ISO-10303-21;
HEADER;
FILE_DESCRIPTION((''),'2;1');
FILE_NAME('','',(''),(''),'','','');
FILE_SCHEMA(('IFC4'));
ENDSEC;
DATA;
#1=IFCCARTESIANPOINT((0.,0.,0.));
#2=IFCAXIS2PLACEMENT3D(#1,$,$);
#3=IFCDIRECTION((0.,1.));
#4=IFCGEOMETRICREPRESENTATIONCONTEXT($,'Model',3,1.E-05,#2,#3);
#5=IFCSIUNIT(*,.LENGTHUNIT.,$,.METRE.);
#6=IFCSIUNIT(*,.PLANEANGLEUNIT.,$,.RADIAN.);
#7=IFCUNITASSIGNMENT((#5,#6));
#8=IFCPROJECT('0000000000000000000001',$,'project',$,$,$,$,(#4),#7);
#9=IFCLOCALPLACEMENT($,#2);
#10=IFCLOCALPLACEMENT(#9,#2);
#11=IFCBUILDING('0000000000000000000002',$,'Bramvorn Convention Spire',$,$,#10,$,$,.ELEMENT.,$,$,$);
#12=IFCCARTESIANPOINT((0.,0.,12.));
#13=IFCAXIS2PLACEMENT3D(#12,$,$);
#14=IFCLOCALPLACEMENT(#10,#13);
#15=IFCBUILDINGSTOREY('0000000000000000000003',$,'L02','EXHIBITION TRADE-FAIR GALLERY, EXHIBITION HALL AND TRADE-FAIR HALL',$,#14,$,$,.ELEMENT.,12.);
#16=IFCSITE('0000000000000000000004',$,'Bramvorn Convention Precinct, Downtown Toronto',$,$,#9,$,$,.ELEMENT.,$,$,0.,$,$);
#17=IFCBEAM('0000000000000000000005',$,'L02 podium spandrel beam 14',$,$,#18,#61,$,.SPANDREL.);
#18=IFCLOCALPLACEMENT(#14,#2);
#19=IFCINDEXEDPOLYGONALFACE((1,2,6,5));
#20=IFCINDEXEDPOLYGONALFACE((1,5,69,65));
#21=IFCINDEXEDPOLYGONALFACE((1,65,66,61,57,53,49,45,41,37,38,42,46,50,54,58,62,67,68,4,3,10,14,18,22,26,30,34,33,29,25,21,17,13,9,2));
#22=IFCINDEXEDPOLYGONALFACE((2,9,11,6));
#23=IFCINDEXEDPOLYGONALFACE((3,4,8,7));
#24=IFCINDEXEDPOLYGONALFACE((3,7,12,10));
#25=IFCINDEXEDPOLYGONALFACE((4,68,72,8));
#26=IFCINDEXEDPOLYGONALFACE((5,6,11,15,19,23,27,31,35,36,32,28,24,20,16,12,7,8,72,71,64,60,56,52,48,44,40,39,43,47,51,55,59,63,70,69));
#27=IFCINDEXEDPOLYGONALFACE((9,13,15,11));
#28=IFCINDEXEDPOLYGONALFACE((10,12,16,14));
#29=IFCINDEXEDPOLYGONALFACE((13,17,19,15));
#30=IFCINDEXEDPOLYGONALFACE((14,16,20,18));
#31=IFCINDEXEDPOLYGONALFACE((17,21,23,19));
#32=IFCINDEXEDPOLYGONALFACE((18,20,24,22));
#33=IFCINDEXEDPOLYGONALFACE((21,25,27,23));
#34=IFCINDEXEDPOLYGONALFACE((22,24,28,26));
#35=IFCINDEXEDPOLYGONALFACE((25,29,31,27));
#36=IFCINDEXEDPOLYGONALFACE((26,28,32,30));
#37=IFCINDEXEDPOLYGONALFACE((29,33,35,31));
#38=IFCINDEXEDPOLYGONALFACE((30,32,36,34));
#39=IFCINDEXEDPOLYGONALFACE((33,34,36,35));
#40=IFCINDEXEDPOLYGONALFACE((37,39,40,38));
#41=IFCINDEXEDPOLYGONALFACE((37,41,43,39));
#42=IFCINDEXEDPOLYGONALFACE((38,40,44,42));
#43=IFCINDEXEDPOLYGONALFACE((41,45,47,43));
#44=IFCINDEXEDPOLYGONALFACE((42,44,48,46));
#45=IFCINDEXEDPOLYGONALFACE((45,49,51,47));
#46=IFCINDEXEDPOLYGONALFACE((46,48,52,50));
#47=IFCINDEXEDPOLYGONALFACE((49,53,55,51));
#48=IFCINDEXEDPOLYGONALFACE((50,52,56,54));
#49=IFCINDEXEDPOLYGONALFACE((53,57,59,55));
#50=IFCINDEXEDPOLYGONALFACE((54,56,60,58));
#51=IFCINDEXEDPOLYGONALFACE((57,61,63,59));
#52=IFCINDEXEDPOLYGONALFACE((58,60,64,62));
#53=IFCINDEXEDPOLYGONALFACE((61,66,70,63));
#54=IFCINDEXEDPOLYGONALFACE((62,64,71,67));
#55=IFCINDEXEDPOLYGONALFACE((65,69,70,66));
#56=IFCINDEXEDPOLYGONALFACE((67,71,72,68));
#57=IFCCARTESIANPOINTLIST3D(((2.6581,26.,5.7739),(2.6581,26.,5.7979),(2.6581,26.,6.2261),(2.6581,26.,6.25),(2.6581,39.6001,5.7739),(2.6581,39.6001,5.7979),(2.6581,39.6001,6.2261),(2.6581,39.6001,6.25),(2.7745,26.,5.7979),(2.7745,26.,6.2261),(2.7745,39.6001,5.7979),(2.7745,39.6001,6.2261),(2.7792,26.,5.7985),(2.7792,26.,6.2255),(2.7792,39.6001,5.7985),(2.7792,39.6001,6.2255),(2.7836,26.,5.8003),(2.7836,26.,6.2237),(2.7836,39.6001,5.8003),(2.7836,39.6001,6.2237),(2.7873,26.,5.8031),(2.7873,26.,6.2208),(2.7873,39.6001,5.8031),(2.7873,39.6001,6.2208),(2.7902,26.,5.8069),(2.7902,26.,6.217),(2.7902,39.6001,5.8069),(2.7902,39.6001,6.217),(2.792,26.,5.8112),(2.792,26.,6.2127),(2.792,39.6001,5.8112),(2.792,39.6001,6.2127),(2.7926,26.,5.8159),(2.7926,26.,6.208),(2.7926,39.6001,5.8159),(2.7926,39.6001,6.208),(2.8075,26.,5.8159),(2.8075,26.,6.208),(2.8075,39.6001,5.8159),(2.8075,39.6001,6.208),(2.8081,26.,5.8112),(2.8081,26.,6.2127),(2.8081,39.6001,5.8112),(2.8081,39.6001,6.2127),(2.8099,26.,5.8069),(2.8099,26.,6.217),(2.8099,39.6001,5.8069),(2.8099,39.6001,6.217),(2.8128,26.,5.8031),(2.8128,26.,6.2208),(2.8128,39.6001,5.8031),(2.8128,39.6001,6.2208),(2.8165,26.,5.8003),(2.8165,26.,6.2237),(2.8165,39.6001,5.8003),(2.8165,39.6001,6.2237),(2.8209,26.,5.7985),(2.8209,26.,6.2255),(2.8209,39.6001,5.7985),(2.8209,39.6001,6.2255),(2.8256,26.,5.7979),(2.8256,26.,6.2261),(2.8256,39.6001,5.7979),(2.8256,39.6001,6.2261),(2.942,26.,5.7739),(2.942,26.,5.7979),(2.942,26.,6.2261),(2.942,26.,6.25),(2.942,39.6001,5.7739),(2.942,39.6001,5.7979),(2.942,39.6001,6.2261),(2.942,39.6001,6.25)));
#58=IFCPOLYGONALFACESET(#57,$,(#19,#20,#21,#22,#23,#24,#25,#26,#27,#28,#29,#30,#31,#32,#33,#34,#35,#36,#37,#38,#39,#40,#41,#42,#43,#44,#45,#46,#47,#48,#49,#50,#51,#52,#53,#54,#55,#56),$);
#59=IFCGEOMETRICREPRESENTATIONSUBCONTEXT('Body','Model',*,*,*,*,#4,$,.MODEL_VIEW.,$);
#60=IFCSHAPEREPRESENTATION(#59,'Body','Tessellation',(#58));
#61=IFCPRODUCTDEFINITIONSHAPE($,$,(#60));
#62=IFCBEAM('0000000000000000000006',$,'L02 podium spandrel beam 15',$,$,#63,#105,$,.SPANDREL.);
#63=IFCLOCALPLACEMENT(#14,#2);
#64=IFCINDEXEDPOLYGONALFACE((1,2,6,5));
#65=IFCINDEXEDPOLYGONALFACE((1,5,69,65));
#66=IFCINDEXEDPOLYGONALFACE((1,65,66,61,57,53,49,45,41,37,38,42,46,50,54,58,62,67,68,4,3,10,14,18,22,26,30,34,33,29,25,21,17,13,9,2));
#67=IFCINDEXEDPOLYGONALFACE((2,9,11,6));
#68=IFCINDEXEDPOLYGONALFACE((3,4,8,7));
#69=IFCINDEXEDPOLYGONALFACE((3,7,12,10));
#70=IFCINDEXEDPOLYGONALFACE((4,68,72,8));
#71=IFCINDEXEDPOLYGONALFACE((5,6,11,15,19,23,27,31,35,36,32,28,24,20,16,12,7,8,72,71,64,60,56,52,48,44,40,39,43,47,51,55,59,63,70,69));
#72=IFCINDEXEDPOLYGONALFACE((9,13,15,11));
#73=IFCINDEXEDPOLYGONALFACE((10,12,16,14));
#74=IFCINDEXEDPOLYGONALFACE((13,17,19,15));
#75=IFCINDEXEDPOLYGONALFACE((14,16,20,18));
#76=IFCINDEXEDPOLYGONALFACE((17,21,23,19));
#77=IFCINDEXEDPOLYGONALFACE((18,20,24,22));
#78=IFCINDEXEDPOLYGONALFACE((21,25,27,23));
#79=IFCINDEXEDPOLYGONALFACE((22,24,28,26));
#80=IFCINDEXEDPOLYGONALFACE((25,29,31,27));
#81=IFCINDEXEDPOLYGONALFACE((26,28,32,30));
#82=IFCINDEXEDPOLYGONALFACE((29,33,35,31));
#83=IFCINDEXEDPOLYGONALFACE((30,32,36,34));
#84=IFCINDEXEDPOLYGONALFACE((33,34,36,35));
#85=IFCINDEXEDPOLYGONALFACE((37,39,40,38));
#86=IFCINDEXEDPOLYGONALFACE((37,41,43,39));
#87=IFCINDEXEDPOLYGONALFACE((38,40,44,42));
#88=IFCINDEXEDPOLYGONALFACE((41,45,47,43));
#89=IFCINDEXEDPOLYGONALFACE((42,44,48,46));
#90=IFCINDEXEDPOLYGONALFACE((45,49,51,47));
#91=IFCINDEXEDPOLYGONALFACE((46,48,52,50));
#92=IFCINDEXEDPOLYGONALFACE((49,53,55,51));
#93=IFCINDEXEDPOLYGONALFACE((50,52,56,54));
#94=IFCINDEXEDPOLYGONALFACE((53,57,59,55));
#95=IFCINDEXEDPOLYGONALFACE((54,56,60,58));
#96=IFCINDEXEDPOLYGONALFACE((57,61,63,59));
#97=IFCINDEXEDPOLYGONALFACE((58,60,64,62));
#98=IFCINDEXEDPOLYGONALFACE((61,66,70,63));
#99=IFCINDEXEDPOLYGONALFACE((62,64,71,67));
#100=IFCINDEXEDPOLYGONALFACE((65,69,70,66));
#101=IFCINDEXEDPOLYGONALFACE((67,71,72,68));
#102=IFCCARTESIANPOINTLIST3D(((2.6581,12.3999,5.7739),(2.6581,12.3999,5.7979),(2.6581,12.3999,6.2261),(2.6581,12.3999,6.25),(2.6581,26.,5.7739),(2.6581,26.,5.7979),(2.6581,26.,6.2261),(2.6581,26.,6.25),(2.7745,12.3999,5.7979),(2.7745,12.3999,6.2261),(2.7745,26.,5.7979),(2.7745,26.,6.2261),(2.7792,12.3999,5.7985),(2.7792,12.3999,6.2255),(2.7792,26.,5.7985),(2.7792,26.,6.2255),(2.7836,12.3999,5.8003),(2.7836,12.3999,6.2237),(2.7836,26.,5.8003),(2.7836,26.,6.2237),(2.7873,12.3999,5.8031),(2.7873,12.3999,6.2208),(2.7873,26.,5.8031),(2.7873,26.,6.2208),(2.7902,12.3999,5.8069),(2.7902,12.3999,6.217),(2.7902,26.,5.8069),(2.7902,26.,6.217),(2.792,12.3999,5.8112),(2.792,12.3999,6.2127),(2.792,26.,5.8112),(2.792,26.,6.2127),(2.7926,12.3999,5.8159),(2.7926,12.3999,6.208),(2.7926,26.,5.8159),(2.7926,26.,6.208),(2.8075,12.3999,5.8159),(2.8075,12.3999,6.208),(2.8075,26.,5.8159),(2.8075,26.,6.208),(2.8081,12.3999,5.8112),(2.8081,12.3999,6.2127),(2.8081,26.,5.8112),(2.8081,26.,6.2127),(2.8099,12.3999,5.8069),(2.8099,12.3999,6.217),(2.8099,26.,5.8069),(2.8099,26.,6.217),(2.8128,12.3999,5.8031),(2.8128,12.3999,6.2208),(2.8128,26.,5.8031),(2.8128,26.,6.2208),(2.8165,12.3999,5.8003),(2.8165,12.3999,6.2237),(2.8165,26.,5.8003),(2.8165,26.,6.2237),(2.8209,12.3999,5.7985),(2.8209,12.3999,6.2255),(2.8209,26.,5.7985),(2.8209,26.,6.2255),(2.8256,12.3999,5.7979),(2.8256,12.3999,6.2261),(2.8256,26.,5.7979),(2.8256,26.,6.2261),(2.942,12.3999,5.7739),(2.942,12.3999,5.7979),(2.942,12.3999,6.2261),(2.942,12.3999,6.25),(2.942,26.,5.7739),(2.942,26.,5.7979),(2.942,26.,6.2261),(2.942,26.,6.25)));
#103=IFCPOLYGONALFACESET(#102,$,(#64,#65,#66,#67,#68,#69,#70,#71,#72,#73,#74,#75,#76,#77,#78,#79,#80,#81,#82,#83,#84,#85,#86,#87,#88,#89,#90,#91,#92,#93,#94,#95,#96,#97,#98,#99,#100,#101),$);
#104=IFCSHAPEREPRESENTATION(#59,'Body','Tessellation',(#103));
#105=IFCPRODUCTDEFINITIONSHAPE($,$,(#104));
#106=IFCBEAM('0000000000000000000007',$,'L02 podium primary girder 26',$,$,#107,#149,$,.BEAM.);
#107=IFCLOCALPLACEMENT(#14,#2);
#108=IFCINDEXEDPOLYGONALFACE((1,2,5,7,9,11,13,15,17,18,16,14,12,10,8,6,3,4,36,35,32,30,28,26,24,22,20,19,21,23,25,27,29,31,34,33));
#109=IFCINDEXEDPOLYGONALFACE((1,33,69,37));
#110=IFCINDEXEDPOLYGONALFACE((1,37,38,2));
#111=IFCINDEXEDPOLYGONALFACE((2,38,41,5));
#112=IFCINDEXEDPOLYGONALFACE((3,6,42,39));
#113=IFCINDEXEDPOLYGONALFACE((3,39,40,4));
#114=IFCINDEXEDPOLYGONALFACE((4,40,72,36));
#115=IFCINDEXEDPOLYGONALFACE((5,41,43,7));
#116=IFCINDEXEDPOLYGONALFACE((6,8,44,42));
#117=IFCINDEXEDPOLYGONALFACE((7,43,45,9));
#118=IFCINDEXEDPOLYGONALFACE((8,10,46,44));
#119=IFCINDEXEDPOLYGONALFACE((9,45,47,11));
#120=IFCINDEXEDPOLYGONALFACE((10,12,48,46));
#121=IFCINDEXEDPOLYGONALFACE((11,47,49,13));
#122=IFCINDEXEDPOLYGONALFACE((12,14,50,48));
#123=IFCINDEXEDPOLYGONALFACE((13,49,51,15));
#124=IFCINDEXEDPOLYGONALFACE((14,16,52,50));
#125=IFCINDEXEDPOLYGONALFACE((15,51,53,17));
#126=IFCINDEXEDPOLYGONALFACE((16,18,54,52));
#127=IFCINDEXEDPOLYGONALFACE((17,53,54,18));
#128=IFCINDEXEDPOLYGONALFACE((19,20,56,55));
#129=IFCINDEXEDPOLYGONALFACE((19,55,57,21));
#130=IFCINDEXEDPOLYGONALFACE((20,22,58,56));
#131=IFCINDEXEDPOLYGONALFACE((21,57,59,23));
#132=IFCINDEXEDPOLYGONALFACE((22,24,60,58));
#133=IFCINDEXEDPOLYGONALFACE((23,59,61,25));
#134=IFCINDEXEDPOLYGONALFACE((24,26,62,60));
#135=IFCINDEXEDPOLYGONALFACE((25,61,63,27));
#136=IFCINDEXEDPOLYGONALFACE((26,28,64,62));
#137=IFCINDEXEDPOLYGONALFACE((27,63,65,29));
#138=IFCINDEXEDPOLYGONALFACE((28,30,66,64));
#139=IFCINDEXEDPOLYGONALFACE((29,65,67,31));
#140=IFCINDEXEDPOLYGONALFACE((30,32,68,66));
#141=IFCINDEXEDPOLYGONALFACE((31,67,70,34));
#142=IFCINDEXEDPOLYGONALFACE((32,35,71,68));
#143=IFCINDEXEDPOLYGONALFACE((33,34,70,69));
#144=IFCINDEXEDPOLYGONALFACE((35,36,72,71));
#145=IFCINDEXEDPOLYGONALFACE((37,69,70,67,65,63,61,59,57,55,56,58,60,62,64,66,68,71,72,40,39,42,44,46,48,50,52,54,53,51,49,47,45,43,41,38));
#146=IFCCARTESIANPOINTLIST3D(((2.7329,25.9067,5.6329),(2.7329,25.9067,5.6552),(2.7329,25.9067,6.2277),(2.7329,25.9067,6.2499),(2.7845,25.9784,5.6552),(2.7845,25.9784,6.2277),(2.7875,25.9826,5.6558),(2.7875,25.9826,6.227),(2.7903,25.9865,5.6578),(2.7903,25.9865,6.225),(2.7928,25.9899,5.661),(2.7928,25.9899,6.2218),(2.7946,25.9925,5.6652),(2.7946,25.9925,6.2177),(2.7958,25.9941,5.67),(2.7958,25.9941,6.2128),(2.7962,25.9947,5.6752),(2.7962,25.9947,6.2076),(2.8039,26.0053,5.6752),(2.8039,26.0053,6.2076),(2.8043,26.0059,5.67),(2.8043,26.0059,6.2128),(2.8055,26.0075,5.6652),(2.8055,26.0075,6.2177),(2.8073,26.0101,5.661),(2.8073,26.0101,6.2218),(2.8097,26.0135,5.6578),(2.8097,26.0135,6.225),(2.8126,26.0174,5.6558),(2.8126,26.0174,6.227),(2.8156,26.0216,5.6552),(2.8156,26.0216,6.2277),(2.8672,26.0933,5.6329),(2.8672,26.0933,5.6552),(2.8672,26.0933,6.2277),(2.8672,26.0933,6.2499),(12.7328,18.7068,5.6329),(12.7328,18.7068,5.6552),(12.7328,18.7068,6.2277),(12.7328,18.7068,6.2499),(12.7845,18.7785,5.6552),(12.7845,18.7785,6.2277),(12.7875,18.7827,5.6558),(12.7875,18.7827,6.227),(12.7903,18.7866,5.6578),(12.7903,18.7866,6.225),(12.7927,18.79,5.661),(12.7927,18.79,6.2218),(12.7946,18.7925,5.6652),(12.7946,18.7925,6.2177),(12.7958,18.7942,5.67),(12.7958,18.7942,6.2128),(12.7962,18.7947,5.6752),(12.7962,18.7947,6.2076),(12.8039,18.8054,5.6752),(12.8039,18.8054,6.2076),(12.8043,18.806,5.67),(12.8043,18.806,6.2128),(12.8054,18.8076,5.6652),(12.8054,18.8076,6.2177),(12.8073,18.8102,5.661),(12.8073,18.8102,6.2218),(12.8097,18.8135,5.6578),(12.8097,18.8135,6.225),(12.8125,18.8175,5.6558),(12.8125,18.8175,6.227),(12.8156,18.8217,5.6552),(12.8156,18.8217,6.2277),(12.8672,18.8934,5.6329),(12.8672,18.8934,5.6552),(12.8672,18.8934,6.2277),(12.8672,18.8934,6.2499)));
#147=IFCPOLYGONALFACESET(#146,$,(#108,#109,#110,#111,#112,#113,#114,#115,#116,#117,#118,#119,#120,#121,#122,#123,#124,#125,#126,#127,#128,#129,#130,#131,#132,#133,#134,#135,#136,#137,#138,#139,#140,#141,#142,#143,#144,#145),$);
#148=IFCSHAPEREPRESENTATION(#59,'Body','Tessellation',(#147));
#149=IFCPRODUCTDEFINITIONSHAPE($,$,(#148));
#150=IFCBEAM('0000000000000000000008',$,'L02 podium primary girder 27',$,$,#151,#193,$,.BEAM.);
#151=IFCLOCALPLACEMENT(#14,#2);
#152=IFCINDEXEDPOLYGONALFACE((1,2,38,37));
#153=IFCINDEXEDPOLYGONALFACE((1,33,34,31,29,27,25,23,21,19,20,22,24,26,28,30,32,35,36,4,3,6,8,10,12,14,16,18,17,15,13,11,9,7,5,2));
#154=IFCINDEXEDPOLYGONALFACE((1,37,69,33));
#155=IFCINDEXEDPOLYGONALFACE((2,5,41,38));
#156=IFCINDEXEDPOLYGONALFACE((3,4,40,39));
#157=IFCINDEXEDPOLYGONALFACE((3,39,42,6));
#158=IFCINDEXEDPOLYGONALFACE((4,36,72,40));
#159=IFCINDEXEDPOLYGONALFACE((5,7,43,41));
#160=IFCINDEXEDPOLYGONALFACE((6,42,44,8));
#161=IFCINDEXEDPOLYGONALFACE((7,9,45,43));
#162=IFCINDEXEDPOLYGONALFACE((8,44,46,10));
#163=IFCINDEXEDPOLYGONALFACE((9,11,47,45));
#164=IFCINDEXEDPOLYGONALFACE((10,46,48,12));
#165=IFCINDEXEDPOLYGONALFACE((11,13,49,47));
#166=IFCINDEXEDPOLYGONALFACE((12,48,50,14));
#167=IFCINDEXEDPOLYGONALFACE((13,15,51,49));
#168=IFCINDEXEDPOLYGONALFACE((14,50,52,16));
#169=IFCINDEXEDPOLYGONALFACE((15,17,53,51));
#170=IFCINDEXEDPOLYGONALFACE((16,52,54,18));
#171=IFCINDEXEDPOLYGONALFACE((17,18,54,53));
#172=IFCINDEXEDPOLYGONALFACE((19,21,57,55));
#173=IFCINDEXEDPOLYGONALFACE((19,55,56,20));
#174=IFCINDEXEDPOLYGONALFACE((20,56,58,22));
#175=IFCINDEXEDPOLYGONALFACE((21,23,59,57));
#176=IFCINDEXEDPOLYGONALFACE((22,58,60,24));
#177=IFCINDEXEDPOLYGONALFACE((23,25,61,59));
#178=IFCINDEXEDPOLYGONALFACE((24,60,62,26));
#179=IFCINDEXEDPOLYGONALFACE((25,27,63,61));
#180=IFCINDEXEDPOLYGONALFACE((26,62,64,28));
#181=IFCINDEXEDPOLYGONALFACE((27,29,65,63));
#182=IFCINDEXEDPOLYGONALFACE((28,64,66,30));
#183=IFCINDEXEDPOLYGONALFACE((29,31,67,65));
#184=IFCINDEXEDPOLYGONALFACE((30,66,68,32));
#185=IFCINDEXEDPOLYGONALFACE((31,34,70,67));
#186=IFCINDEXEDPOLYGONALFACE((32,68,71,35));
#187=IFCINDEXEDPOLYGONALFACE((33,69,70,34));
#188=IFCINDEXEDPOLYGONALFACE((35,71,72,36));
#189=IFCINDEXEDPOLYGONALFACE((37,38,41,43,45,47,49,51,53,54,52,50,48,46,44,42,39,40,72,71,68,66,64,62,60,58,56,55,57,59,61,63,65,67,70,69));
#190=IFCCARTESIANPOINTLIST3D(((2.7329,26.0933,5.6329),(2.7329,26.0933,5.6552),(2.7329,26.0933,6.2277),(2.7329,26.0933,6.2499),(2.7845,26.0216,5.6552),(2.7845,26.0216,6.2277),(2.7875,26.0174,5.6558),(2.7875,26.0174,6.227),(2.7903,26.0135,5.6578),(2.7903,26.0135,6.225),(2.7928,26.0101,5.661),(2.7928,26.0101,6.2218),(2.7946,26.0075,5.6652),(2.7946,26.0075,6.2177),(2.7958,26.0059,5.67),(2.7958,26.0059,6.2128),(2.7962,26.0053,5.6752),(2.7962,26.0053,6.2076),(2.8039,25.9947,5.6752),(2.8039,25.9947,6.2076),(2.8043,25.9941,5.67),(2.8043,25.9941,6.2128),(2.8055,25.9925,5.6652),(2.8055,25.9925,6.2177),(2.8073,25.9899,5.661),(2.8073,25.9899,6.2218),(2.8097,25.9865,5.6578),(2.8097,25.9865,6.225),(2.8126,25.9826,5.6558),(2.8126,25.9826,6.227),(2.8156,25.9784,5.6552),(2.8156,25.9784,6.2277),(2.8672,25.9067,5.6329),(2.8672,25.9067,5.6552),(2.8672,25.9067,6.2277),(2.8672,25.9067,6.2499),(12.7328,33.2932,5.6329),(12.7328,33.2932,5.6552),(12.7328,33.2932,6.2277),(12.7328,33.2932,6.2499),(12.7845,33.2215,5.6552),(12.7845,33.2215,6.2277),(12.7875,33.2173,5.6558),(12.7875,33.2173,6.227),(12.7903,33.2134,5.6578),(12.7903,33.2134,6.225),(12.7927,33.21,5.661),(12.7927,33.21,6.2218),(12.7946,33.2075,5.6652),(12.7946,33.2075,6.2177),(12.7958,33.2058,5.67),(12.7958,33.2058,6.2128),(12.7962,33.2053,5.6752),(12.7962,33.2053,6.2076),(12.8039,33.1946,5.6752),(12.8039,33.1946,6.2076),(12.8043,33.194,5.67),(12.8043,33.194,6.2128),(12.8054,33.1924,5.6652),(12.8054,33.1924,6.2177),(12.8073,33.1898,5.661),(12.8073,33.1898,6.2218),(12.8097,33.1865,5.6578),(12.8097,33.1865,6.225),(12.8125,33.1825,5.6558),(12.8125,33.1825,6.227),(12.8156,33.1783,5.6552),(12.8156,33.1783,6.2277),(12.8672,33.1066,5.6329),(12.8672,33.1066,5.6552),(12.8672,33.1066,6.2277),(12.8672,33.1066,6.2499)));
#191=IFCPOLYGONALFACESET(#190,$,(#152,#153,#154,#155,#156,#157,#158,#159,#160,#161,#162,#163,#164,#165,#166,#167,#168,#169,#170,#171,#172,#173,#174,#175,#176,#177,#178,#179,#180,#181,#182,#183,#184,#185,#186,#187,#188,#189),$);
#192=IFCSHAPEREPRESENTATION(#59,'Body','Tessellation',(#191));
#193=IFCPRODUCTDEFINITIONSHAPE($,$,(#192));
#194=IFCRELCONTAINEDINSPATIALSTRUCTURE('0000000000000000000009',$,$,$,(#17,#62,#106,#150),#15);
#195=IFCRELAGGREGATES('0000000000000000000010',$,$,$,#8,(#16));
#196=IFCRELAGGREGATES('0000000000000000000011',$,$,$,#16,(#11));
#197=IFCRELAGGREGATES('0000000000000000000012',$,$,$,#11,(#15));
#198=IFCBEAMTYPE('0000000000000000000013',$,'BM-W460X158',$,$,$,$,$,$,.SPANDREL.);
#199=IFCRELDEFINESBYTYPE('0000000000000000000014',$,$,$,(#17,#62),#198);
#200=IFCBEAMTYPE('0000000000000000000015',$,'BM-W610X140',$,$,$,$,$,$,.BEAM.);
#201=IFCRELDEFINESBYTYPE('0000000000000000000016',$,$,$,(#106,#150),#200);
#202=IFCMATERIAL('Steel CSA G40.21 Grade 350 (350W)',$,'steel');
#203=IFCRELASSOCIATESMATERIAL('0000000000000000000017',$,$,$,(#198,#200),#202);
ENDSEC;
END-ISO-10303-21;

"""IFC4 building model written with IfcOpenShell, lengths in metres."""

from ifc_helpers import new_model, si_unit, direction, frame, origin, origin_2d, place, context, subcontext, project, spatial, i_section, extrude, material, material_profile, profile_set, type_object, element, save


model = new_model("IFC4")

# Units and contexts
model_context = context("Model", 3, precision=1e-05, world=origin(), true_north=direction((0.0, 1.0)))
body_context = subcontext(model_context, "Body", "Model", "MODEL_VIEW")
ifc_project = project(units=[si_unit("LENGTHUNIT", "METRE"), si_unit("PLANEANGLEUNIT", "RADIAN")], contexts=[model_context])

# Site, building, storey
site_placement = place(None, origin())
site = spatial("IfcSite", under=ifc_project, at=site_placement, Name="Bramvorn Convention Precinct, Downtown Toronto", CompositionType="ELEMENT", RefElevation=0.0)
building_placement = place(site_placement, origin())
building = spatial("IfcBuilding", under=site, at=building_placement, Name="Bramvorn Convention Spire", CompositionType="ELEMENT")
storey_placement = place(building_placement, frame((0.0, 0.0, 12.0)))
storey = spatial("IfcBuildingStorey", under=building, at=storey_placement, Name="L02", Description="EXHIBITION TRADE-FAIR GALLERY, EXHIBITION HALL AND TRADE-FAIR HALL", CompositionType="ELEMENT", Elevation=12.0)

# Shared definitions
ifc_material_1 = material(Name="Steel CSA G40.21 Grade 350 (350W)", Category="steel")

# Beams
ifc_material_profile_1 = material_profile(ifc_material_1, i_section(OverallWidth=0.2839, OverallDepth=0.4761, WebThickness=0.0149, FlangeThickness=0.0239, FilletRadius=0.0181, at=origin_2d()))
ifc_profile_set_1 = profile_set([ifc_material_profile_1], Name="Steel CSA G40.21 Grade 350 (350W) - W460X158")
beam_type_1 = type_object("IfcBeamType", Name="BM-W460X158", PredefinedType="SPANDREL", material=ifc_profile_set_1)
for number, where, z_axis, x_axis, name in (
    (1, (2.8, 39.6001, 6.012), (0.0, -1.0, 0.0), (1.0, 0.0, 0.0), "L02 podium spandrel beam 14"),
    (2, (2.8, 26.0, 6.012), (0.0, -1.0, 0.0), (1.0, 0.0, 0.0), "L02 podium spandrel beam 15"),
):
    element("IfcBeam", number, at=place(storey_placement, frame(where, z_axis=z_axis, x_axis=x_axis)), inside=storey, type_object=beam_type_1, Name=name, PredefinedType="SPANDREL", context=body_context, shape_type="SweptSolid", body=[
        extrude(i_section(OverallWidth=0.2839, OverallDepth=0.4761, WebThickness=0.0149, FlangeThickness=0.0239, FilletRadius=0.0181, at=origin_2d()), origin(), (0.0, 0.0, 1.0), 13.6001),
    ])
ifc_material_profile_2 = material_profile(ifc_material_1, i_section(OverallWidth=0.23, OverallDepth=0.6169, WebThickness=0.0132, FlangeThickness=0.0222, FilletRadius=0.02, at=origin_2d()))
ifc_profile_set_2 = profile_set([ifc_material_profile_2], Name="Steel CSA G40.21 Grade 350 (350W) - W610X140")
beam_type_2 = type_object("IfcBeamType", Name="BM-W610X140", PredefinedType="BEAM", material=ifc_profile_set_2)
for number, where, z_axis, x_axis, name in (
    (3, (2.8, 26.0, 5.9414), (0.811536, -0.584302, 0.0), (0.584302, 0.811536, 0.0), "L02 podium primary girder 26"),
    (4, (2.8, 26.0, 5.9414), (0.811536, 0.584302, 0.0), (-0.584302, 0.811536, 0.0), "L02 podium primary girder 27"),
):
    element("IfcBeam", number, at=place(storey_placement, frame(where, z_axis=z_axis, x_axis=x_axis)), inside=storey, type_object=beam_type_2, Name=name, PredefinedType="BEAM", context=body_context, shape_type="SweptSolid", body=[
        extrude(i_section(OverallWidth=0.23, OverallDepth=0.6169, WebThickness=0.0132, FlangeThickness=0.0222, FilletRadius=0.02, at=origin_2d()), origin(), (0.0, 0.0, 1.0), 12.3223),
    ])

save(model, "model.ifc")
